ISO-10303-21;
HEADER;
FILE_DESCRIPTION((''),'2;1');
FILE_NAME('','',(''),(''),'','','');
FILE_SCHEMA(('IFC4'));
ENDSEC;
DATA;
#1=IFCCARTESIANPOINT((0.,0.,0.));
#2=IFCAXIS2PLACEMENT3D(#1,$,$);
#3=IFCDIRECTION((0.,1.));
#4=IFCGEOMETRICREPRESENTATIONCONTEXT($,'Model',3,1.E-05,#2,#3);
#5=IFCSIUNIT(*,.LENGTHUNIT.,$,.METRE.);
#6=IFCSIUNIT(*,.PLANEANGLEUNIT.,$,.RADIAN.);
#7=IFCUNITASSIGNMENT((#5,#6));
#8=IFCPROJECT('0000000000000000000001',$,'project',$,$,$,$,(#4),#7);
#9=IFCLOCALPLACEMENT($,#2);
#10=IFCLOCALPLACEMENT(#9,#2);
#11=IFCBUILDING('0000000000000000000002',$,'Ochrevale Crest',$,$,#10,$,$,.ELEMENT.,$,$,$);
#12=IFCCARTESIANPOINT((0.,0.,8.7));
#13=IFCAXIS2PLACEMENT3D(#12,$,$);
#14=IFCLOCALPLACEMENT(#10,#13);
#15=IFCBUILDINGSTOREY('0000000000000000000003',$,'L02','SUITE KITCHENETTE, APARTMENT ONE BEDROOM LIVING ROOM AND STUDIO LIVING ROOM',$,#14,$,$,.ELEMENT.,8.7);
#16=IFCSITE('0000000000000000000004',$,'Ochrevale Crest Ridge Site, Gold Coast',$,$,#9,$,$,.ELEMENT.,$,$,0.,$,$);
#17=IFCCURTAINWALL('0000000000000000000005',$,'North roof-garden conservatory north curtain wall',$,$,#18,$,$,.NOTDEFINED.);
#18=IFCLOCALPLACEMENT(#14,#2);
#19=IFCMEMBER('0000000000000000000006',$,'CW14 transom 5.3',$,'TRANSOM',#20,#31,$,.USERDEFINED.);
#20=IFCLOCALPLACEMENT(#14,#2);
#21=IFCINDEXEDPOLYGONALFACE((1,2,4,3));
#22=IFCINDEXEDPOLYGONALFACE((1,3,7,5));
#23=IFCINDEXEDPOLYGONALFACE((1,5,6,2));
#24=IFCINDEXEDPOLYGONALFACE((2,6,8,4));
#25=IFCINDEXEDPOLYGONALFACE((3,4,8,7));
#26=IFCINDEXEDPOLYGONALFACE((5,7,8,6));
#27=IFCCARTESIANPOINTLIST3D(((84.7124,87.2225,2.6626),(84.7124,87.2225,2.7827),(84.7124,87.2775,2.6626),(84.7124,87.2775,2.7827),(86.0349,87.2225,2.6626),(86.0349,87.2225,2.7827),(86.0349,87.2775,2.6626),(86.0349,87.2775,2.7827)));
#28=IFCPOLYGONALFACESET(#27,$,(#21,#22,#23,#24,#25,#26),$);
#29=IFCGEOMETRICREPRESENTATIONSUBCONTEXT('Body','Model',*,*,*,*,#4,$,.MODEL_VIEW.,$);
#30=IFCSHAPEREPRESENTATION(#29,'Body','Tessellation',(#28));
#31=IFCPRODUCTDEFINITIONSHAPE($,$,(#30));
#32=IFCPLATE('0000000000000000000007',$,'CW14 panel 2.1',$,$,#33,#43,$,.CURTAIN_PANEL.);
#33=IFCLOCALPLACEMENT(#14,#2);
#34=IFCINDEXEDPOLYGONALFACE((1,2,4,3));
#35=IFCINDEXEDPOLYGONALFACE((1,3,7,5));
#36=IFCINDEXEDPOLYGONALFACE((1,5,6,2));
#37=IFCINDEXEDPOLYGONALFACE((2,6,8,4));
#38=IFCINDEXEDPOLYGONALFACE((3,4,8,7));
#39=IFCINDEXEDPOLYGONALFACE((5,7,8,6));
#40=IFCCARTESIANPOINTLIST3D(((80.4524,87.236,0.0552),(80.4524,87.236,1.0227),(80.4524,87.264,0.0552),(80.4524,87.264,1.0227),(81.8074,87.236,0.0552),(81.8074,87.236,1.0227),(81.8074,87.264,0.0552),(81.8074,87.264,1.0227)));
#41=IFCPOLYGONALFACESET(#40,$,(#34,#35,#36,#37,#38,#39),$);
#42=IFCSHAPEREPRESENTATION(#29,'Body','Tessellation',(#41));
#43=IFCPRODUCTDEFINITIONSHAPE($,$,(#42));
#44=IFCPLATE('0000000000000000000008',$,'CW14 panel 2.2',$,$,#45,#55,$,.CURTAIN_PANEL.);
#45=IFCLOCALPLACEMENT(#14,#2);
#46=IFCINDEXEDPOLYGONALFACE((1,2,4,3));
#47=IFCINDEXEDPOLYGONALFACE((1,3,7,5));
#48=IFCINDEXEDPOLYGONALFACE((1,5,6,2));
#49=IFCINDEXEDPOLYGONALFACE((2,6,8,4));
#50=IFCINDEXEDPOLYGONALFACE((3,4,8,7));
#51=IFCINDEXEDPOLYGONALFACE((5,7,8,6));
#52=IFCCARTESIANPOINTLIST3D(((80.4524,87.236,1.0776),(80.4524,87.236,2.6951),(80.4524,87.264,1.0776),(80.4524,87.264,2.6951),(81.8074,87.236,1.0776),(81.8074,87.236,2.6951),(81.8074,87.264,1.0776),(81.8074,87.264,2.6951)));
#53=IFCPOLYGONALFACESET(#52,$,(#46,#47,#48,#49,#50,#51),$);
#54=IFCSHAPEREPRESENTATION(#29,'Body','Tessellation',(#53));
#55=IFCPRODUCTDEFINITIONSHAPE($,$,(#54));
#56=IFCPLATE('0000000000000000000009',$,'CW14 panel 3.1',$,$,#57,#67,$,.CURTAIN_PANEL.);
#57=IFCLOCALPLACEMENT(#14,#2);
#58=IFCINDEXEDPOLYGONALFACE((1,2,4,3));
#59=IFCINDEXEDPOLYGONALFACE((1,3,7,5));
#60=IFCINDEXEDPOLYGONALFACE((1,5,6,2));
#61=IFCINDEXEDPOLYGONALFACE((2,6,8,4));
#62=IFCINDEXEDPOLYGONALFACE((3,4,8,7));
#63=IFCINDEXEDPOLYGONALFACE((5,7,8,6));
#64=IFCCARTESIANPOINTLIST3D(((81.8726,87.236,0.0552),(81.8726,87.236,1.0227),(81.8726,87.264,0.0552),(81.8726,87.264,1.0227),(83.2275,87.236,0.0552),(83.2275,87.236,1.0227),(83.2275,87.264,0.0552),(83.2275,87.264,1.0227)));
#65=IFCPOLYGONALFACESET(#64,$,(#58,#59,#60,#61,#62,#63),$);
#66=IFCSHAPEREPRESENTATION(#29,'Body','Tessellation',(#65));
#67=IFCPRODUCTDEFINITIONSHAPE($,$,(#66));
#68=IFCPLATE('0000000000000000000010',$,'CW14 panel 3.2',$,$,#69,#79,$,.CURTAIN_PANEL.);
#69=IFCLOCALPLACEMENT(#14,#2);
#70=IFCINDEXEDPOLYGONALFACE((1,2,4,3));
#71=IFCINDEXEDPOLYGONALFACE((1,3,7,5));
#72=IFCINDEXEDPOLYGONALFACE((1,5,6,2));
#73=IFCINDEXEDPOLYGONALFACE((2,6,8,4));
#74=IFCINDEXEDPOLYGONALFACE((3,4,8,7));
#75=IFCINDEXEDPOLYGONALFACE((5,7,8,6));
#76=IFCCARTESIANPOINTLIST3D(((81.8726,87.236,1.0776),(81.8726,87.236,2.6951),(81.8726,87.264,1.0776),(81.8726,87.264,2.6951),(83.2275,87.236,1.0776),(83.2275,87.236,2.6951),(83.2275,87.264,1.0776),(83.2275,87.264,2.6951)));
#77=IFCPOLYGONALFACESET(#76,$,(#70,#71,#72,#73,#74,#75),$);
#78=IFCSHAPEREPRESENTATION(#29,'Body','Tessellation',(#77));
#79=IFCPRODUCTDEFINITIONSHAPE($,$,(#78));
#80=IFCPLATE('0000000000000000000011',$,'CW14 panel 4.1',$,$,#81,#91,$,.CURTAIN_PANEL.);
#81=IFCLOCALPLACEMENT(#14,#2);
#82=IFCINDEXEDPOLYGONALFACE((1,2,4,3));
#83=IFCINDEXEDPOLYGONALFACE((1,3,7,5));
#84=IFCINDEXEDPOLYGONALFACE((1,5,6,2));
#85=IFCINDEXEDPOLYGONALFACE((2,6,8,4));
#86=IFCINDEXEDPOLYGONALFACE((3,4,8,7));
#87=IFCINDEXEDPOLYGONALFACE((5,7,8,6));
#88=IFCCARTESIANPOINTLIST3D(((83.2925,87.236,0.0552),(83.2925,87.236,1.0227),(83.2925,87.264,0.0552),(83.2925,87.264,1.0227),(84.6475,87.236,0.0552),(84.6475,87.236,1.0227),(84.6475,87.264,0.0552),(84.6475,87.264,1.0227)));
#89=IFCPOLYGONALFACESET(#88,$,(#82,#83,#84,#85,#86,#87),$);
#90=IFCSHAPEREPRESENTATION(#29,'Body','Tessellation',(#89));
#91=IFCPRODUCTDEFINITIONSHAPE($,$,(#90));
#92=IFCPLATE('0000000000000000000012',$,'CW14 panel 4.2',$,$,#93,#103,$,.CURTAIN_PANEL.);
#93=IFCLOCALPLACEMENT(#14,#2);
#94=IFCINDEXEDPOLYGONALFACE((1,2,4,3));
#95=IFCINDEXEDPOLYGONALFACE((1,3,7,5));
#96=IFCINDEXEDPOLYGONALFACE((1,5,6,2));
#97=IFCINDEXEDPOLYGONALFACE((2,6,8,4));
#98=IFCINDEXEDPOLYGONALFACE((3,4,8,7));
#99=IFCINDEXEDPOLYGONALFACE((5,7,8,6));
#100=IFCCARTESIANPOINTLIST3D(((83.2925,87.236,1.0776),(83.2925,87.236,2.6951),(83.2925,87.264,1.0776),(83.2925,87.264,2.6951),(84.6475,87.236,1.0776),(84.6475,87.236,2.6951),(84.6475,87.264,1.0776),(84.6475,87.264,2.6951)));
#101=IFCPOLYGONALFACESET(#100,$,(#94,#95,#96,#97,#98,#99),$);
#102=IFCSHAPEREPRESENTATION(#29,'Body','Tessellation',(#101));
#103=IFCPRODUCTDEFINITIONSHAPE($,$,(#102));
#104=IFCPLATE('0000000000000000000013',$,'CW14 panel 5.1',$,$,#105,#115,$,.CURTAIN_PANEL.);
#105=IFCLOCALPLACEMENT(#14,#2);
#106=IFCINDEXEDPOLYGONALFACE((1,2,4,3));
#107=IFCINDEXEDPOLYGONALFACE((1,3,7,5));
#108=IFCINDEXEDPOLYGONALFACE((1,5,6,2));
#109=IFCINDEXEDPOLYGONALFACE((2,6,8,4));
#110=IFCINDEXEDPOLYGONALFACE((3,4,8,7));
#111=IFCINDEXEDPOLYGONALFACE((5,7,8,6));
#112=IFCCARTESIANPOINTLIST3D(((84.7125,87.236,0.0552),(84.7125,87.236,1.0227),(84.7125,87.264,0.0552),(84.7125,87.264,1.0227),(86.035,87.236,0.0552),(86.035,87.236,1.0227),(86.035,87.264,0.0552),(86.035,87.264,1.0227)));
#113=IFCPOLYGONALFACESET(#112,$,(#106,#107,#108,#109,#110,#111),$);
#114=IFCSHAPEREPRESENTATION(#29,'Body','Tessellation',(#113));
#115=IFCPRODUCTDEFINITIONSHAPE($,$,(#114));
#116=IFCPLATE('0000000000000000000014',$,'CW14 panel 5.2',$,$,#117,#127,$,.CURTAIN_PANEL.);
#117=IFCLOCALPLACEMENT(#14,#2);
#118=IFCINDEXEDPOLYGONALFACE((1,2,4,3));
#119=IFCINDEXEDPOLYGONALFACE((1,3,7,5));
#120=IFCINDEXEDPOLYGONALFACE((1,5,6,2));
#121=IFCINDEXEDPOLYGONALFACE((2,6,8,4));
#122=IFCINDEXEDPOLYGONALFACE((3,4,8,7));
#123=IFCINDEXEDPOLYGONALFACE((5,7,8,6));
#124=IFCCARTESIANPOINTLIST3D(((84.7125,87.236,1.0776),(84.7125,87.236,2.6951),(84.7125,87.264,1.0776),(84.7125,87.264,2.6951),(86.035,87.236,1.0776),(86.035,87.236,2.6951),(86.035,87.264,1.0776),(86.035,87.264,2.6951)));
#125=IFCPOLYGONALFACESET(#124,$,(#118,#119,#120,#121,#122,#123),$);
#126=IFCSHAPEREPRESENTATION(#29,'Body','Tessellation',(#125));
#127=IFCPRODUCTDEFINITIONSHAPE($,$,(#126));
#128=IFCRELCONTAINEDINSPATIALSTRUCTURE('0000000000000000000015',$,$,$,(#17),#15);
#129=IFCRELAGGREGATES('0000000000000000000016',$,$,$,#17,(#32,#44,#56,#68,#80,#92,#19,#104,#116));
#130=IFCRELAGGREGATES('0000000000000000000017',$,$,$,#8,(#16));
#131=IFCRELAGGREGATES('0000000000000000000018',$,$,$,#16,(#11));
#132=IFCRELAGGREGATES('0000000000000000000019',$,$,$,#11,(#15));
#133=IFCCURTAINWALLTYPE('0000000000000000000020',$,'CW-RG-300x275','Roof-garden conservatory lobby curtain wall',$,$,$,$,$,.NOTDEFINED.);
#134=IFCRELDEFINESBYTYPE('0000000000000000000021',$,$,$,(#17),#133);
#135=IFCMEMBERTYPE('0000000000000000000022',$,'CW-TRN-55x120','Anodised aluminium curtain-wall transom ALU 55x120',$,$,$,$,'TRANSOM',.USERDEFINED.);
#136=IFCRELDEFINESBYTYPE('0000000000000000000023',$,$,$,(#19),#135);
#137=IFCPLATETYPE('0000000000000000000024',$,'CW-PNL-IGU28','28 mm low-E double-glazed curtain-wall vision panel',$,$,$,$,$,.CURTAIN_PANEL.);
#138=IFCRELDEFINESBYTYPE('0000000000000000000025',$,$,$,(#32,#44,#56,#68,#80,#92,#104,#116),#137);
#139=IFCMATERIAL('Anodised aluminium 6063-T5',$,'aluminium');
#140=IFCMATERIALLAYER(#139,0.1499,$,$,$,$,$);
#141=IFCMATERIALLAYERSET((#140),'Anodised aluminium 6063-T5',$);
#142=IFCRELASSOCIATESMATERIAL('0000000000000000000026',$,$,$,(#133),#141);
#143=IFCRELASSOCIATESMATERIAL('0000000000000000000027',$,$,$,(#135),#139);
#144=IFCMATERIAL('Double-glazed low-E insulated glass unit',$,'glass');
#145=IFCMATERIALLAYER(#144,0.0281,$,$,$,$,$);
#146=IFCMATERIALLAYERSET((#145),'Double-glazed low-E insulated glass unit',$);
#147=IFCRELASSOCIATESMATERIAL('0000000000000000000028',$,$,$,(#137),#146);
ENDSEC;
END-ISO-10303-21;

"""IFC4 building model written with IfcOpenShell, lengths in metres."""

from ifc_helpers import new_model, si_unit, direction, frame, origin, origin_2d, place, context, subcontext, project, spatial, rectangle, extrude, material, layer, layer_set, material_profile, profile_set, type_object, element, aggregate, save


model = new_model("IFC4")

# Units and contexts
model_context = context("Model", 3, precision=1e-05, world=origin(), true_north=direction((0.0, 1.0)))
body_context = subcontext(model_context, "Body", "Model", "MODEL_VIEW")
ifc_project = project(units=[si_unit("LENGTHUNIT", "METRE"), si_unit("PLANEANGLEUNIT", "RADIAN")], contexts=[model_context])

# Site, building, storey
site_placement = place(None, origin())
site = spatial("IfcSite", under=ifc_project, at=site_placement, Name="Ochrevale Crest Ridge Site, Gold Coast", CompositionType="ELEMENT", RefElevation=0.0)
building_placement = place(site_placement, origin())
building = spatial("IfcBuilding", under=site, at=building_placement, Name="Ochrevale Crest", CompositionType="ELEMENT")
storey_placement = place(building_placement, frame((0.0, 0.0, 8.7)))
storey = spatial("IfcBuildingStorey", under=building, at=storey_placement, Name="L02", Description="SUITE KITCHENETTE, APARTMENT ONE BEDROOM LIVING ROOM AND STUDIO LIVING ROOM", CompositionType="ELEMENT", Elevation=8.7)

# Curtain wall, member, plates
ifc_material_1 = material(Name="Anodised aluminium 6063-T5", Category="aluminium")
ifc_layer_1 = layer(ifc_material_1, 0.1499)
ifc_layer_set_1 = layer_set([ifc_layer_1], Name="Anodised aluminium 6063-T5")
curtain_wall_type = type_object("IfcCurtainWallType", Name="CW-RG-300x275", Description="Roof-garden conservatory lobby curtain wall", PredefinedType="NOTDEFINED", material=ifc_layer_set_1)
curtain_wall_placement = place(storey_placement, origin())
curtain_wall = element("IfcCurtainWall", 1, at=curtain_wall_placement, inside=storey, type_object=curtain_wall_type, Name="North roof-garden conservatory north curtain wall", PredefinedType="NOTDEFINED")
ifc_material_profile_1 = material_profile(ifc_material_1, rectangle(XDim=0.0549, YDim=0.1201, at=origin_2d()), Name="ALU 55x120")
ifc_profile_set_1 = profile_set([ifc_material_profile_1], Name="Anodised aluminium 6063-T5")
member_type_1 = type_object("IfcMemberType", Name="CW-TRN-55x120", Description="Anodised aluminium curtain-wall transom ALU 55x120", ElementType="TRANSOM", PredefinedType="USERDEFINED", material=ifc_profile_set_1)
member_1_placement = place(storey_placement, frame((84.7124, 87.25, 2.7227), z_axis=(1.0, 0.0, 0.0), x_axis=(0.0, 1.0, 0.0)))
member_1 = element("IfcMember", 2, at=member_1_placement, type_object=member_type_1, Name="CW14 transom 5.3", ObjectType="TRANSOM", PredefinedType="USERDEFINED", context=body_context, shape_type="SweptSolid", body=[
    extrude(rectangle(XDim=0.0549, YDim=0.1201, at=origin_2d()), origin(), (0.0, 0.0, 1.0), 1.3225),
])
ifc_material_2 = material(Name="Double-glazed low-E insulated glass unit", Category="glass")
ifc_layer_2 = layer(ifc_material_2, 0.0281)
ifc_layer_set_2 = layer_set([ifc_layer_2], Name="Double-glazed low-E insulated glass unit")
plate_type = type_object("IfcPlateType", Name="CW-PNL-IGU28", Description="28 mm low-E double-glazed curtain-wall vision panel", PredefinedType="CURTAIN_PANEL", material=ifc_layer_set_2)
plate_1_placement = place(storey_placement, frame((81.1299, 87.25, 0.0552), z_axis=(0.0, 0.0, 1.0), x_axis=(1.0, 0.0, 0.0)))
plate_1 = element("IfcPlate", 3, at=plate_1_placement, type_object=plate_type, Name="CW14 panel 2.1", PredefinedType="CURTAIN_PANEL", context=body_context, shape_type="SweptSolid", body=[
    extrude(rectangle(XDim=1.355, YDim=0.0281, at=origin_2d()), origin(), (0.0, 0.0, 1.0), 0.9675),
])
plate_2_placement = place(storey_placement, frame((81.1299, 87.25, 1.0776), z_axis=(0.0, 0.0, 1.0), x_axis=(1.0, 0.0, 0.0)))
plate_2 = element("IfcPlate", 4, at=plate_2_placement, type_object=plate_type, Name="CW14 panel 2.2", PredefinedType="CURTAIN_PANEL", context=body_context, shape_type="SweptSolid", body=[
    extrude(rectangle(XDim=1.355, YDim=0.0281, at=origin_2d()), origin(), (0.0, 0.0, 1.0), 1.6174),
])
plate_3_placement = place(storey_placement, frame((82.55, 87.25, 0.0552), z_axis=(0.0, 0.0, 1.0), x_axis=(1.0, 0.0, 0.0)))
plate_3 = element("IfcPlate", 5, at=plate_3_placement, type_object=plate_type, Name="CW14 panel 3.1", PredefinedType="CURTAIN_PANEL", context=body_context, shape_type="SweptSolid", body=[
    extrude(rectangle(XDim=1.355, YDim=0.0281, at=origin_2d()), origin(), (0.0, 0.0, 1.0), 0.9675),
])
plate_4_placement = place(storey_placement, frame((82.55, 87.25, 1.0776), z_axis=(0.0, 0.0, 1.0), x_axis=(1.0, 0.0, 0.0)))
plate_4 = element("IfcPlate", 6, at=plate_4_placement, type_object=plate_type, Name="CW14 panel 3.2", PredefinedType="CURTAIN_PANEL", context=body_context, shape_type="SweptSolid", body=[
    extrude(rectangle(XDim=1.355, YDim=0.0281, at=origin_2d()), origin(), (0.0, 0.0, 1.0), 1.6174),
])
plate_5_placement = place(storey_placement, frame((83.97, 87.25, 0.0552), z_axis=(0.0, 0.0, 1.0), x_axis=(1.0, 0.0, 0.0)))
plate_5 = element("IfcPlate", 7, at=plate_5_placement, type_object=plate_type, Name="CW14 panel 4.1", PredefinedType="CURTAIN_PANEL", context=body_context, shape_type="SweptSolid", body=[
    extrude(rectangle(XDim=1.355, YDim=0.0281, at=origin_2d()), origin(), (0.0, 0.0, 1.0), 0.9675),
])
plate_6_placement = place(storey_placement, frame((83.97, 87.25, 1.0776), z_axis=(0.0, 0.0, 1.0), x_axis=(1.0, 0.0, 0.0)))
plate_6 = element("IfcPlate", 8, at=plate_6_placement, type_object=plate_type, Name="CW14 panel 4.2", PredefinedType="CURTAIN_PANEL", context=body_context, shape_type="SweptSolid", body=[
    extrude(rectangle(XDim=1.355, YDim=0.0281, at=origin_2d()), origin(), (0.0, 0.0, 1.0), 1.6174),
])
plate_7_placement = place(storey_placement, frame((85.3738, 87.25, 0.0552), z_axis=(0.0, 0.0, 1.0), x_axis=(1.0, 0.0, 0.0)))
plate_7 = element("IfcPlate", 9, at=plate_7_placement, type_object=plate_type, Name="CW14 panel 5.1", PredefinedType="CURTAIN_PANEL", context=body_context, shape_type="SweptSolid", body=[
    extrude(rectangle(XDim=1.3225, YDim=0.0281, at=origin_2d()), origin(), (0.0, 0.0, 1.0), 0.9675),
])
plate_8_placement = place(storey_placement, frame((85.3738, 87.25, 1.0776), z_axis=(0.0, 0.0, 1.0), x_axis=(1.0, 0.0, 0.0)))
plate_8 = element("IfcPlate", 10, at=plate_8_placement, type_object=plate_type, Name="CW14 panel 5.2", PredefinedType="CURTAIN_PANEL", context=body_context, shape_type="SweptSolid", body=[
    extrude(rectangle(XDim=1.3225, YDim=0.0281, at=origin_2d()), origin(), (0.0, 0.0, 1.0), 1.6174),
])
aggregate(curtain_wall, [plate_1, plate_2, plate_3, plate_4, plate_5, plate_6, member_1, plate_7, plate_8])

save(model, "model.ifc")
